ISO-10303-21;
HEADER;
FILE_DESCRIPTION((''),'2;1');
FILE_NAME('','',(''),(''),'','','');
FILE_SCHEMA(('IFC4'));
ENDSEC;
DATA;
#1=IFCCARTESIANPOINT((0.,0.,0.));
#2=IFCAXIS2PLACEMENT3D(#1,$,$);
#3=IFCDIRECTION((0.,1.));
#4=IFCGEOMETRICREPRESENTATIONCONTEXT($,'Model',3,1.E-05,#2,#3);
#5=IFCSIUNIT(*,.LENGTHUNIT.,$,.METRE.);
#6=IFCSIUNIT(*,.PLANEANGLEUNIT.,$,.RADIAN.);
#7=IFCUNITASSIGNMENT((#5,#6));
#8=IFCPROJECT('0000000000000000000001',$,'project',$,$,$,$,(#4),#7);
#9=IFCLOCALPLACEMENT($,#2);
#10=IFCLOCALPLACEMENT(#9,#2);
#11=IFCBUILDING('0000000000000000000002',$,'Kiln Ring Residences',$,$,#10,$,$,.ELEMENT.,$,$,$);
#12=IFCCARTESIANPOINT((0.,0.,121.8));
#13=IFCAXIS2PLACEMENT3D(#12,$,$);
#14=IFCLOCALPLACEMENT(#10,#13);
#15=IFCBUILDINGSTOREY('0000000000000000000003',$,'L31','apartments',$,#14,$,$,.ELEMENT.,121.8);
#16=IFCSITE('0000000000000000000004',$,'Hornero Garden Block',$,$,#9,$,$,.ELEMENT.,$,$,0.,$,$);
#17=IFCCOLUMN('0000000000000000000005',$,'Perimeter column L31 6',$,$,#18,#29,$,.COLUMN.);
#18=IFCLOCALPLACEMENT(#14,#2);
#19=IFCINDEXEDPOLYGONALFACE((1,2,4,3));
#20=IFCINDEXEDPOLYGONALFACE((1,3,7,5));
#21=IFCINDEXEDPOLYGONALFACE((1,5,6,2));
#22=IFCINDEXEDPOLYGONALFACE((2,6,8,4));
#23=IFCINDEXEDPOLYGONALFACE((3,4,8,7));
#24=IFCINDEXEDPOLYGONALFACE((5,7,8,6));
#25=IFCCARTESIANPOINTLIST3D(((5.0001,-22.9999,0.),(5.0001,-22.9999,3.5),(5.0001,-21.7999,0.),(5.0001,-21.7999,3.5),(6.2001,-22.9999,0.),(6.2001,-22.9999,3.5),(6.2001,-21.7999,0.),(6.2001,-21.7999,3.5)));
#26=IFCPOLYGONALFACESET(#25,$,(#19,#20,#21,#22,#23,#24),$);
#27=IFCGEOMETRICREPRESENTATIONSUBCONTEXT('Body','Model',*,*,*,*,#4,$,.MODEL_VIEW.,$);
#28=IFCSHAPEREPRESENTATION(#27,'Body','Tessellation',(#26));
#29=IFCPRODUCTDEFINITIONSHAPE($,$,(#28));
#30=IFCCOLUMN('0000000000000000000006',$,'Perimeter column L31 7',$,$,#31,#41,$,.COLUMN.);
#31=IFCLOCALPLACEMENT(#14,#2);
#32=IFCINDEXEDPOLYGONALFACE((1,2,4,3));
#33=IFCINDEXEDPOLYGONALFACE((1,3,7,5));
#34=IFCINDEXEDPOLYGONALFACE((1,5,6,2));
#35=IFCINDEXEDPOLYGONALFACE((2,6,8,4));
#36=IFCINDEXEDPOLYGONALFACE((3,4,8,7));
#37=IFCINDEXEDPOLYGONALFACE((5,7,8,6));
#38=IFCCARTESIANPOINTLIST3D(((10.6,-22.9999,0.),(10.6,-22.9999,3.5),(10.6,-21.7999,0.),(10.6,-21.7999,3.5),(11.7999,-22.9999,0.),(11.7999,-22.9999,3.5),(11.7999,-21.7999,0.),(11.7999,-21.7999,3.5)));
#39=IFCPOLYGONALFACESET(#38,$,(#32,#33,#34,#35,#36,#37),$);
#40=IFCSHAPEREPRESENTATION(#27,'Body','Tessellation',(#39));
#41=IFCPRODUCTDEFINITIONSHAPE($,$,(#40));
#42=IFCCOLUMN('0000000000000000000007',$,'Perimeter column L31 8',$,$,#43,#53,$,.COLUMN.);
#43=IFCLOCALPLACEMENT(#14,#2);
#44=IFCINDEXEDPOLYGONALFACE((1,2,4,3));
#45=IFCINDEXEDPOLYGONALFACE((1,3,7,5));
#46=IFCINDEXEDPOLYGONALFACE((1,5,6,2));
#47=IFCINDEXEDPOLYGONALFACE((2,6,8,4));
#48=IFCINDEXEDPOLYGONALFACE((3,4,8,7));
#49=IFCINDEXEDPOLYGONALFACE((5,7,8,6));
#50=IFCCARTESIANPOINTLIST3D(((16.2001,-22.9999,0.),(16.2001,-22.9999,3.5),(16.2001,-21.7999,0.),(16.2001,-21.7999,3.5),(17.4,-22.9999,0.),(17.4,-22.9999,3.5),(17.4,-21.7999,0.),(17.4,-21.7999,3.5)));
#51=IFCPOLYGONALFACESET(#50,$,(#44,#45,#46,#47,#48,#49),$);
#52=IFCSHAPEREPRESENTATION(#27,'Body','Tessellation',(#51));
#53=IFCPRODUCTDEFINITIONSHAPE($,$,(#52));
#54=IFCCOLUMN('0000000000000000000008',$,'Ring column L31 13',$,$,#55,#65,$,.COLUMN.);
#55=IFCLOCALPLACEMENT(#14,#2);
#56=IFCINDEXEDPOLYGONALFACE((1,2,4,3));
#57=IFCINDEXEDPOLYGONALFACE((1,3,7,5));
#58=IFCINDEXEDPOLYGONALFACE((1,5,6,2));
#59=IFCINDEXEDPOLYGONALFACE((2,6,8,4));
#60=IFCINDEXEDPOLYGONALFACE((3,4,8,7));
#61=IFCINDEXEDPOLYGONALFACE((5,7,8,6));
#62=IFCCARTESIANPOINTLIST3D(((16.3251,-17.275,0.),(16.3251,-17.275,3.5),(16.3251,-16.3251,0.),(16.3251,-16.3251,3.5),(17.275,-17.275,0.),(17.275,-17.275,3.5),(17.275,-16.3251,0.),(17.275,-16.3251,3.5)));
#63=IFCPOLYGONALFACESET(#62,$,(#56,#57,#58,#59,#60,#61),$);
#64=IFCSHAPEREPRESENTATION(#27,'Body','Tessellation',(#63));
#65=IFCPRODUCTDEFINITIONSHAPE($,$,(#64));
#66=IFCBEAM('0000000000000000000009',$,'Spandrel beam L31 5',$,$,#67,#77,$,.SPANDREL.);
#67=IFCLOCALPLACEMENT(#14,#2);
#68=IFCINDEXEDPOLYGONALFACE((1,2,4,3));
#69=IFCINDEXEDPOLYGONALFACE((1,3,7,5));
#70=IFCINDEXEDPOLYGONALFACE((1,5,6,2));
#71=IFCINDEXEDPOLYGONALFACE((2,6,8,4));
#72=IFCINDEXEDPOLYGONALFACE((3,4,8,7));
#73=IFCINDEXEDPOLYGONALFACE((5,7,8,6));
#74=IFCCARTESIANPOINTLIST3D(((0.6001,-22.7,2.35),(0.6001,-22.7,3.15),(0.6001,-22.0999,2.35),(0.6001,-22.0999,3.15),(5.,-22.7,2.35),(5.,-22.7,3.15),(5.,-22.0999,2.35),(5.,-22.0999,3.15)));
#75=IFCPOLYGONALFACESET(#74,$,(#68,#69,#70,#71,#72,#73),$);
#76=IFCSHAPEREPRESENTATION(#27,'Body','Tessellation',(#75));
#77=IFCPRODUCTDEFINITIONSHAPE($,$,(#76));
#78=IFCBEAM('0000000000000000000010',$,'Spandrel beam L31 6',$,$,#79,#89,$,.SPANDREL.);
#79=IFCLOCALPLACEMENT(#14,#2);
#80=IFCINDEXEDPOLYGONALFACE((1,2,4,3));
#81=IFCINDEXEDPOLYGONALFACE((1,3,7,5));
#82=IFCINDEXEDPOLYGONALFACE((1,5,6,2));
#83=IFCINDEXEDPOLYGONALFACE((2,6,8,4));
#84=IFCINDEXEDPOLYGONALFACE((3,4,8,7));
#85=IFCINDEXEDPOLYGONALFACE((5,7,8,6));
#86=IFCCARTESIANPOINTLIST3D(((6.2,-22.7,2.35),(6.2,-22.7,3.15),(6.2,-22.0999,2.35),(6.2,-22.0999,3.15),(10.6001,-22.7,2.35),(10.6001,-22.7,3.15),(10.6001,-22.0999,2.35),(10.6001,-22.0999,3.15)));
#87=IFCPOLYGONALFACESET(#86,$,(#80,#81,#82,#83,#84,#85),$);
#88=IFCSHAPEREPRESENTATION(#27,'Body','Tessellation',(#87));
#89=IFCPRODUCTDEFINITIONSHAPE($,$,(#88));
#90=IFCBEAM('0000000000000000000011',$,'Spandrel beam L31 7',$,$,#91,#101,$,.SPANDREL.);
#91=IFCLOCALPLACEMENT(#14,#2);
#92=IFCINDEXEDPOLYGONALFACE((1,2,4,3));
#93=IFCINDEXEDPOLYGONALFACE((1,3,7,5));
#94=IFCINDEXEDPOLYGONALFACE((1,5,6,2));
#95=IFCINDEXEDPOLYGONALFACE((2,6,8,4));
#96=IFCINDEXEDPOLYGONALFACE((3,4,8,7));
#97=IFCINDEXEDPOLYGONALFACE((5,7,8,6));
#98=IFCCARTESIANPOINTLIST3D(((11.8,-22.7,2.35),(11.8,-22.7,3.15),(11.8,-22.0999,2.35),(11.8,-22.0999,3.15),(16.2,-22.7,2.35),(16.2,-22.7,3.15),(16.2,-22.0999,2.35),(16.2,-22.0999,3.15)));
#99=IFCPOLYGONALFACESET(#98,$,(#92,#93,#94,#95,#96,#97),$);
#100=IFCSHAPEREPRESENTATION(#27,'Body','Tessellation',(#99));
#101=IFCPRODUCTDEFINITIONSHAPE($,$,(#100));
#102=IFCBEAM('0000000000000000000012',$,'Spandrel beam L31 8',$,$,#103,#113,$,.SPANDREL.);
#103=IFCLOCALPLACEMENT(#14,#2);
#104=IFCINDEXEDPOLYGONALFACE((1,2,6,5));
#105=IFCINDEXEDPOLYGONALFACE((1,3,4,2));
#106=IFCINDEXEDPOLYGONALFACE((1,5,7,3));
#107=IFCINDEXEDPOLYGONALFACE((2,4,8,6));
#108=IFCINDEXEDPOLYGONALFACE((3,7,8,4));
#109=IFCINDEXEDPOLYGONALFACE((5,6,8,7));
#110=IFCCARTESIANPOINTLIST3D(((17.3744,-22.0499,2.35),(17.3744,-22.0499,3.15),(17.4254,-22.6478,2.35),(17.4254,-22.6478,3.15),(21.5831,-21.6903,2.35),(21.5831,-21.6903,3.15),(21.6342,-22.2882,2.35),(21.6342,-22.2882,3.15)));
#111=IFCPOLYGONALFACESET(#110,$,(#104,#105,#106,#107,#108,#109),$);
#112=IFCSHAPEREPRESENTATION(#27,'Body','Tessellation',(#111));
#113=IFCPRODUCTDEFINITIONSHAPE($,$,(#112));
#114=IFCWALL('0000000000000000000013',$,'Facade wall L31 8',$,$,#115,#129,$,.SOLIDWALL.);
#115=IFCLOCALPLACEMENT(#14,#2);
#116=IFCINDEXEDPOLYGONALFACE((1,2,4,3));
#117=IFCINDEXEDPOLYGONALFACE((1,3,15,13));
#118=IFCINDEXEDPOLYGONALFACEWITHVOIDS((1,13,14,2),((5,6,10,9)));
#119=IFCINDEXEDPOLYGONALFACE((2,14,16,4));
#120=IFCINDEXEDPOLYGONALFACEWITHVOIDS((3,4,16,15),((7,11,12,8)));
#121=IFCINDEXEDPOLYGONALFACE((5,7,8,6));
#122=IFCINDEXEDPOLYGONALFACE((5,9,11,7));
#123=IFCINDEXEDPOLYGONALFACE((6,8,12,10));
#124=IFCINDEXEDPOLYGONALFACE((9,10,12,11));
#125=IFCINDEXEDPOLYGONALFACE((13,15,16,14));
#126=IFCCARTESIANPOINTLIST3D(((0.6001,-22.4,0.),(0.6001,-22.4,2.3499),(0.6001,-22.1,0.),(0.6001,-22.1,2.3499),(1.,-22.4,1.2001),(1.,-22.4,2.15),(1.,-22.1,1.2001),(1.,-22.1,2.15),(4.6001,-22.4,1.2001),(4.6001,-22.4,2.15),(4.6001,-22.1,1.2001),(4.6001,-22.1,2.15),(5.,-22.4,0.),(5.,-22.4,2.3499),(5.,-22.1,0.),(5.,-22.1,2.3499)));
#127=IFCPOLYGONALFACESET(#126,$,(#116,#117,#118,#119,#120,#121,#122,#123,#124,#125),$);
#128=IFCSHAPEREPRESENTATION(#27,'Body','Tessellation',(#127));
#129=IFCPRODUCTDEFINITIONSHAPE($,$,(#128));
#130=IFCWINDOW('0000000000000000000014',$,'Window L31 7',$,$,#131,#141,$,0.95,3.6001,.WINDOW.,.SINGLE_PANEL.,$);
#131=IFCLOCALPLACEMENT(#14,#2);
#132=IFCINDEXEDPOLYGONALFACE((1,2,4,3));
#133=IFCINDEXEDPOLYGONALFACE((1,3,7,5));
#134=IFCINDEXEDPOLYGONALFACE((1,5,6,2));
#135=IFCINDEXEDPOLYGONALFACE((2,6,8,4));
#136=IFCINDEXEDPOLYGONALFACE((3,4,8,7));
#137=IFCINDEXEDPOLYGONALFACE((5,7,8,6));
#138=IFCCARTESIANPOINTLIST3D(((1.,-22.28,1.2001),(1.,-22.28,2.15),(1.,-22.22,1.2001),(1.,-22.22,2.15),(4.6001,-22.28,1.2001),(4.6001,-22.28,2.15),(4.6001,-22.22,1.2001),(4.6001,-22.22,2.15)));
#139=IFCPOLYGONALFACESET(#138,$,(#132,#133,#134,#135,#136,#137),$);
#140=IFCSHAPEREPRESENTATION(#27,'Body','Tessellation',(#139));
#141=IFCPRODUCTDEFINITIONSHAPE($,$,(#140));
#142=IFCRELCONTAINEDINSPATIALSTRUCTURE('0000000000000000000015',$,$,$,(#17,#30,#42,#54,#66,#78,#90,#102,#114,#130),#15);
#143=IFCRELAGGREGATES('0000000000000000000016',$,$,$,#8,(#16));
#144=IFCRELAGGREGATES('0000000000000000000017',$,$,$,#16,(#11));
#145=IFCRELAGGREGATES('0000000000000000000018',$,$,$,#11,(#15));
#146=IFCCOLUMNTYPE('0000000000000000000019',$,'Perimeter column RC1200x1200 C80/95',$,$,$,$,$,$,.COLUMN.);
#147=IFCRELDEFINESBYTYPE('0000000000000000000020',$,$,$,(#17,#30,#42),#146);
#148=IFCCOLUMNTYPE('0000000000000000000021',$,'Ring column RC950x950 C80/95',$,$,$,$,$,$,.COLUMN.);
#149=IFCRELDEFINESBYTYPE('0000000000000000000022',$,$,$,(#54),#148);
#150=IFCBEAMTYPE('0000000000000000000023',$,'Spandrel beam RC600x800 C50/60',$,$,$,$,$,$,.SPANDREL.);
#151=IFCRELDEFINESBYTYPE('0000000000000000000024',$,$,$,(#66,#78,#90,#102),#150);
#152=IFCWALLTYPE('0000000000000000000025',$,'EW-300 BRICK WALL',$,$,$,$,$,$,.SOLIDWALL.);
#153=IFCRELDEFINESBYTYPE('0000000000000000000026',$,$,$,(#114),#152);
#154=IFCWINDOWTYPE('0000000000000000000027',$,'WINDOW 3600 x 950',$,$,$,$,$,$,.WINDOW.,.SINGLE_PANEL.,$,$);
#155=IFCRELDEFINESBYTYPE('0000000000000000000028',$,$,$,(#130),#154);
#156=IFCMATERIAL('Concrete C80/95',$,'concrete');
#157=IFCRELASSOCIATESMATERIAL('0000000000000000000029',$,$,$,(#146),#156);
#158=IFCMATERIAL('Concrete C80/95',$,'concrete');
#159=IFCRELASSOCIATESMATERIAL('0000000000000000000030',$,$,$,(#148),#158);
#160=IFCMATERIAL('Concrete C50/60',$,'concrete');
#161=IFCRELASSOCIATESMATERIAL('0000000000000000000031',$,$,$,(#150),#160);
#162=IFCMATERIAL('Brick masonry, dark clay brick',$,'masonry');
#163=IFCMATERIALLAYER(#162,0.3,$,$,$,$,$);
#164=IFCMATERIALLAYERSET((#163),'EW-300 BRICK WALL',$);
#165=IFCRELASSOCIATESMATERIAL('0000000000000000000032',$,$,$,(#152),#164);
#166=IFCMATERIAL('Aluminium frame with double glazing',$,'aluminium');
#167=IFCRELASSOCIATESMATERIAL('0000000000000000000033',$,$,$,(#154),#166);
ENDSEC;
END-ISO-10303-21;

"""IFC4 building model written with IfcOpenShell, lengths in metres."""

from ifc_helpers import new_model, si_unit, direction, frame, frame_2d, origin, origin_2d, place, context, subcontext, project, spatial, rectangle, extrude, material, layer, layer_set, material_profile, profile_set, type_object, element, fill, save


model = new_model("IFC4")

# Units and contexts
model_context = context("Model", 3, precision=1e-05, world=origin(), true_north=direction((0.0, 1.0)))
body_context = subcontext(model_context, "Body", "Model", "MODEL_VIEW")
ifc_project = project(units=[si_unit("LENGTHUNIT", "METRE"), si_unit("PLANEANGLEUNIT", "RADIAN")], contexts=[model_context])

# Site, building, storey
site_placement = place(None, origin())
site = spatial("IfcSite", under=ifc_project, at=site_placement, Name="Hornero Garden Block", CompositionType="ELEMENT", RefElevation=0.0)
building_placement = place(site_placement, origin())
building = spatial("IfcBuilding", under=site, at=building_placement, Name="Kiln Ring Residences", CompositionType="ELEMENT")
storey_placement = place(building_placement, frame((0.0, 0.0, 121.8)))
storey = spatial("IfcBuildingStorey", under=building, at=storey_placement, Name="L31", Description="apartments", CompositionType="ELEMENT", Elevation=121.8)

# Columns
ifc_material_1 = material(Name="Concrete C80/95", Category="concrete")
ifc_material_profile_1 = material_profile(ifc_material_1, rectangle(XDim=1.2, YDim=1.2, at=origin_2d()), Name="RC1200x1200")
ifc_profile_set_1 = profile_set([ifc_material_profile_1], Name="Concrete C80/95")
column_type_1 = type_object("IfcColumnType", Name="Perimeter column RC1200x1200 C80/95", PredefinedType="COLUMN", material=ifc_profile_set_1)
for number, where, z_axis, x_axis, name in (
    (1, (5.6001, -22.3999, 0.0), (0.0, 0.0, 1.0), (1.0, 0.0, 0.0), "Perimeter column L31 6"),
    (2, (11.2, -22.3999, 0.0), (0.0, 0.0, 1.0), (1.0, 0.0, 0.0), "Perimeter column L31 7"),
    (3, (16.8, -22.3999, 0.0), (0.0, 0.0, 1.0), (1.0, 0.0, 0.0), "Perimeter column L31 8"),
):
    element("IfcColumn", number, at=place(storey_placement, frame(where, z_axis=z_axis, x_axis=x_axis)), inside=storey, type_object=column_type_1, Name=name, PredefinedType="COLUMN", context=body_context, shape_type="SweptSolid", body=[
        extrude(rectangle(XDim=1.2, YDim=1.2, at=origin_2d()), origin(), (0.0, 0.0, 1.0), 3.5),
    ])
ifc_material_2 = material(Name="Concrete C80/95", Category="concrete")
ifc_material_profile_2 = material_profile(ifc_material_2, rectangle(XDim=0.95, YDim=0.95, at=origin_2d()), Name="RC950x950")
ifc_profile_set_2 = profile_set([ifc_material_profile_2], Name="Concrete C80/95")
column_type_2 = type_object("IfcColumnType", Name="Ring column RC950x950 C80/95", PredefinedType="COLUMN", material=ifc_profile_set_2)
column_placement = place(storey_placement, frame((16.8, -16.8, 0.0), z_axis=(0.0, 0.0, 1.0), x_axis=(1.0, 0.0, 0.0)))
element("IfcColumn", 4, at=column_placement, inside=storey, type_object=column_type_2, Name="Ring column L31 13", PredefinedType="COLUMN", context=body_context, shape_type="SweptSolid", body=[
    extrude(rectangle(XDim=0.95, YDim=0.95, at=origin_2d()), origin(), (0.0, 0.0, 1.0), 3.5),
])

# Beams
ifc_material_3 = material(Name="Concrete C50/60", Category="concrete")
ifc_material_profile_3 = material_profile(ifc_material_3, rectangle(XDim=0.6001, YDim=0.8, at=origin_2d()), Name="RC600x800")
ifc_profile_set_3 = profile_set([ifc_material_profile_3], Name="Concrete C50/60")
beam_type = type_object("IfcBeamType", Name="Spandrel beam RC600x800 C50/60", PredefinedType="SPANDREL", material=ifc_profile_set_3)
beam_1_placement = place(storey_placement, frame((0.6001, -22.3999, 2.75), z_axis=(1.0, 0.0, 0.0), x_axis=(0.0, 1.0, 0.0)))
element("IfcBeam", 5, at=beam_1_placement, inside=storey, type_object=beam_type, Name="Spandrel beam L31 5", PredefinedType="SPANDREL", context=body_context, shape_type="SweptSolid", body=[
    extrude(rectangle(XDim=0.6001, YDim=0.8, at=origin_2d()), origin(), (0.0, 0.0, 1.0), 4.3999),
])
beam_2_placement = place(storey_placement, frame((6.2, -22.3999, 2.75), z_axis=(1.0, 0.0, 0.0), x_axis=(0.0, 1.0, 0.0)))
element("IfcBeam", 6, at=beam_2_placement, inside=storey, type_object=beam_type, Name="Spandrel beam L31 6", PredefinedType="SPANDREL", context=body_context, shape_type="SweptSolid", body=[
    extrude(rectangle(XDim=0.6001, YDim=0.8, at=origin_2d()), origin(), (0.0, 0.0, 1.0), 4.4001),
])
beam_3_placement = place(storey_placement, frame((11.8, -22.3999, 2.75), z_axis=(1.0, 0.0, 0.0), x_axis=(0.0, 1.0, 0.0)))
element("IfcBeam", 7, at=beam_3_placement, inside=storey, type_object=beam_type, Name="Spandrel beam L31 7", PredefinedType="SPANDREL", context=body_context, shape_type="SweptSolid", body=[
    extrude(rectangle(XDim=0.6001, YDim=0.8, at=origin_2d()), origin(), (0.0, 0.0, 1.0), 4.3999),
])
beam_4_placement = place(storey_placement, frame((17.3999, -22.3489, 2.75), z_axis=(0.996369, 0.085136, 0.0), x_axis=(-0.085136, 0.996369, 0.0)))
element("IfcBeam", 8, at=beam_4_placement, inside=storey, type_object=beam_type, Name="Spandrel beam L31 8", PredefinedType="SPANDREL", context=body_context, shape_type="SweptSolid", body=[
    extrude(rectangle(XDim=0.6001, YDim=0.8, at=origin_2d()), origin(), (0.0, 0.0, 1.0), 4.2241),
])

# Wall, opening, window
ifc_material_4 = material(Name="Brick masonry, dark clay brick", Category="masonry")
ifc_layer_1 = layer(ifc_material_4, 0.3)
ifc_layer_set_1 = layer_set([ifc_layer_1], Name="EW-300 BRICK WALL")
wall_type_1 = type_object("IfcWallType", Name="EW-300 BRICK WALL", PredefinedType="SOLIDWALL", material=ifc_layer_set_1)
wall_1_placement = place(storey_placement, frame((0.6001, -22.25, 0.0), z_axis=(0.0, 0.0, 1.0), x_axis=(1.0, 0.0, 0.0)))
wall_1 = element("IfcWall", 9, at=wall_1_placement, inside=storey, type_object=wall_type_1, Name="Facade wall L31 8", PredefinedType="SOLIDWALL", context=body_context, shape_type="SweptSolid", body=[
    extrude(rectangle(XDim=4.3999, YDim=0.3, at=frame_2d((2.2, 0.0))), origin(), (0.0, 0.0, 1.0), 2.3499),
])
opening_1_placement = place(wall_1_placement, frame((0.3999, 0.0, 1.2)))
opening_1 = element("IfcOpeningElement", 10, at=opening_1_placement, cuts=wall_1, PredefinedType="OPENING", context=body_context, shape_type="SweptSolid", body=[
    extrude(rectangle(XDim=3.6001, YDim=0.95, at=frame_2d((1.8, 0.4751))), frame((0.0, 0.1599, 0.0), z_axis=(0.0, -1.0, 0.0), x_axis=(1.0, 0.0, 0.0)), (0.0, 0.0, 1.0), 0.3201),
])
ifc_material_5 = material(Name="Aluminium frame with double glazing", Category="aluminium")
window_type_1 = type_object("IfcWindowType", Name="WINDOW 3600 x 950", PartitioningType="SINGLE_PANEL", PredefinedType="WINDOW", material=ifc_material_5)
window_1_placement = place(opening_1_placement, origin())
window_1 = element("IfcWindow", 11, at=window_1_placement, inside=storey, type_object=window_type_1, Name="Window L31 7", OverallHeight=0.95, OverallWidth=3.6001, PartitioningType="SINGLE_PANEL", PredefinedType="WINDOW", context=body_context, shape_type="SweptSolid", body=[
    extrude(rectangle(XDim=3.6001, YDim=0.95, at=frame_2d((1.8, 0.4751))), frame((0.0, 0.03, 0.0), z_axis=(0.0, -1.0, 0.0), x_axis=(1.0, 0.0, 0.0)), (0.0, 0.0, 1.0), 0.0601),
])
fill(opening_1, window_1)

save(model, "model.ifc")
